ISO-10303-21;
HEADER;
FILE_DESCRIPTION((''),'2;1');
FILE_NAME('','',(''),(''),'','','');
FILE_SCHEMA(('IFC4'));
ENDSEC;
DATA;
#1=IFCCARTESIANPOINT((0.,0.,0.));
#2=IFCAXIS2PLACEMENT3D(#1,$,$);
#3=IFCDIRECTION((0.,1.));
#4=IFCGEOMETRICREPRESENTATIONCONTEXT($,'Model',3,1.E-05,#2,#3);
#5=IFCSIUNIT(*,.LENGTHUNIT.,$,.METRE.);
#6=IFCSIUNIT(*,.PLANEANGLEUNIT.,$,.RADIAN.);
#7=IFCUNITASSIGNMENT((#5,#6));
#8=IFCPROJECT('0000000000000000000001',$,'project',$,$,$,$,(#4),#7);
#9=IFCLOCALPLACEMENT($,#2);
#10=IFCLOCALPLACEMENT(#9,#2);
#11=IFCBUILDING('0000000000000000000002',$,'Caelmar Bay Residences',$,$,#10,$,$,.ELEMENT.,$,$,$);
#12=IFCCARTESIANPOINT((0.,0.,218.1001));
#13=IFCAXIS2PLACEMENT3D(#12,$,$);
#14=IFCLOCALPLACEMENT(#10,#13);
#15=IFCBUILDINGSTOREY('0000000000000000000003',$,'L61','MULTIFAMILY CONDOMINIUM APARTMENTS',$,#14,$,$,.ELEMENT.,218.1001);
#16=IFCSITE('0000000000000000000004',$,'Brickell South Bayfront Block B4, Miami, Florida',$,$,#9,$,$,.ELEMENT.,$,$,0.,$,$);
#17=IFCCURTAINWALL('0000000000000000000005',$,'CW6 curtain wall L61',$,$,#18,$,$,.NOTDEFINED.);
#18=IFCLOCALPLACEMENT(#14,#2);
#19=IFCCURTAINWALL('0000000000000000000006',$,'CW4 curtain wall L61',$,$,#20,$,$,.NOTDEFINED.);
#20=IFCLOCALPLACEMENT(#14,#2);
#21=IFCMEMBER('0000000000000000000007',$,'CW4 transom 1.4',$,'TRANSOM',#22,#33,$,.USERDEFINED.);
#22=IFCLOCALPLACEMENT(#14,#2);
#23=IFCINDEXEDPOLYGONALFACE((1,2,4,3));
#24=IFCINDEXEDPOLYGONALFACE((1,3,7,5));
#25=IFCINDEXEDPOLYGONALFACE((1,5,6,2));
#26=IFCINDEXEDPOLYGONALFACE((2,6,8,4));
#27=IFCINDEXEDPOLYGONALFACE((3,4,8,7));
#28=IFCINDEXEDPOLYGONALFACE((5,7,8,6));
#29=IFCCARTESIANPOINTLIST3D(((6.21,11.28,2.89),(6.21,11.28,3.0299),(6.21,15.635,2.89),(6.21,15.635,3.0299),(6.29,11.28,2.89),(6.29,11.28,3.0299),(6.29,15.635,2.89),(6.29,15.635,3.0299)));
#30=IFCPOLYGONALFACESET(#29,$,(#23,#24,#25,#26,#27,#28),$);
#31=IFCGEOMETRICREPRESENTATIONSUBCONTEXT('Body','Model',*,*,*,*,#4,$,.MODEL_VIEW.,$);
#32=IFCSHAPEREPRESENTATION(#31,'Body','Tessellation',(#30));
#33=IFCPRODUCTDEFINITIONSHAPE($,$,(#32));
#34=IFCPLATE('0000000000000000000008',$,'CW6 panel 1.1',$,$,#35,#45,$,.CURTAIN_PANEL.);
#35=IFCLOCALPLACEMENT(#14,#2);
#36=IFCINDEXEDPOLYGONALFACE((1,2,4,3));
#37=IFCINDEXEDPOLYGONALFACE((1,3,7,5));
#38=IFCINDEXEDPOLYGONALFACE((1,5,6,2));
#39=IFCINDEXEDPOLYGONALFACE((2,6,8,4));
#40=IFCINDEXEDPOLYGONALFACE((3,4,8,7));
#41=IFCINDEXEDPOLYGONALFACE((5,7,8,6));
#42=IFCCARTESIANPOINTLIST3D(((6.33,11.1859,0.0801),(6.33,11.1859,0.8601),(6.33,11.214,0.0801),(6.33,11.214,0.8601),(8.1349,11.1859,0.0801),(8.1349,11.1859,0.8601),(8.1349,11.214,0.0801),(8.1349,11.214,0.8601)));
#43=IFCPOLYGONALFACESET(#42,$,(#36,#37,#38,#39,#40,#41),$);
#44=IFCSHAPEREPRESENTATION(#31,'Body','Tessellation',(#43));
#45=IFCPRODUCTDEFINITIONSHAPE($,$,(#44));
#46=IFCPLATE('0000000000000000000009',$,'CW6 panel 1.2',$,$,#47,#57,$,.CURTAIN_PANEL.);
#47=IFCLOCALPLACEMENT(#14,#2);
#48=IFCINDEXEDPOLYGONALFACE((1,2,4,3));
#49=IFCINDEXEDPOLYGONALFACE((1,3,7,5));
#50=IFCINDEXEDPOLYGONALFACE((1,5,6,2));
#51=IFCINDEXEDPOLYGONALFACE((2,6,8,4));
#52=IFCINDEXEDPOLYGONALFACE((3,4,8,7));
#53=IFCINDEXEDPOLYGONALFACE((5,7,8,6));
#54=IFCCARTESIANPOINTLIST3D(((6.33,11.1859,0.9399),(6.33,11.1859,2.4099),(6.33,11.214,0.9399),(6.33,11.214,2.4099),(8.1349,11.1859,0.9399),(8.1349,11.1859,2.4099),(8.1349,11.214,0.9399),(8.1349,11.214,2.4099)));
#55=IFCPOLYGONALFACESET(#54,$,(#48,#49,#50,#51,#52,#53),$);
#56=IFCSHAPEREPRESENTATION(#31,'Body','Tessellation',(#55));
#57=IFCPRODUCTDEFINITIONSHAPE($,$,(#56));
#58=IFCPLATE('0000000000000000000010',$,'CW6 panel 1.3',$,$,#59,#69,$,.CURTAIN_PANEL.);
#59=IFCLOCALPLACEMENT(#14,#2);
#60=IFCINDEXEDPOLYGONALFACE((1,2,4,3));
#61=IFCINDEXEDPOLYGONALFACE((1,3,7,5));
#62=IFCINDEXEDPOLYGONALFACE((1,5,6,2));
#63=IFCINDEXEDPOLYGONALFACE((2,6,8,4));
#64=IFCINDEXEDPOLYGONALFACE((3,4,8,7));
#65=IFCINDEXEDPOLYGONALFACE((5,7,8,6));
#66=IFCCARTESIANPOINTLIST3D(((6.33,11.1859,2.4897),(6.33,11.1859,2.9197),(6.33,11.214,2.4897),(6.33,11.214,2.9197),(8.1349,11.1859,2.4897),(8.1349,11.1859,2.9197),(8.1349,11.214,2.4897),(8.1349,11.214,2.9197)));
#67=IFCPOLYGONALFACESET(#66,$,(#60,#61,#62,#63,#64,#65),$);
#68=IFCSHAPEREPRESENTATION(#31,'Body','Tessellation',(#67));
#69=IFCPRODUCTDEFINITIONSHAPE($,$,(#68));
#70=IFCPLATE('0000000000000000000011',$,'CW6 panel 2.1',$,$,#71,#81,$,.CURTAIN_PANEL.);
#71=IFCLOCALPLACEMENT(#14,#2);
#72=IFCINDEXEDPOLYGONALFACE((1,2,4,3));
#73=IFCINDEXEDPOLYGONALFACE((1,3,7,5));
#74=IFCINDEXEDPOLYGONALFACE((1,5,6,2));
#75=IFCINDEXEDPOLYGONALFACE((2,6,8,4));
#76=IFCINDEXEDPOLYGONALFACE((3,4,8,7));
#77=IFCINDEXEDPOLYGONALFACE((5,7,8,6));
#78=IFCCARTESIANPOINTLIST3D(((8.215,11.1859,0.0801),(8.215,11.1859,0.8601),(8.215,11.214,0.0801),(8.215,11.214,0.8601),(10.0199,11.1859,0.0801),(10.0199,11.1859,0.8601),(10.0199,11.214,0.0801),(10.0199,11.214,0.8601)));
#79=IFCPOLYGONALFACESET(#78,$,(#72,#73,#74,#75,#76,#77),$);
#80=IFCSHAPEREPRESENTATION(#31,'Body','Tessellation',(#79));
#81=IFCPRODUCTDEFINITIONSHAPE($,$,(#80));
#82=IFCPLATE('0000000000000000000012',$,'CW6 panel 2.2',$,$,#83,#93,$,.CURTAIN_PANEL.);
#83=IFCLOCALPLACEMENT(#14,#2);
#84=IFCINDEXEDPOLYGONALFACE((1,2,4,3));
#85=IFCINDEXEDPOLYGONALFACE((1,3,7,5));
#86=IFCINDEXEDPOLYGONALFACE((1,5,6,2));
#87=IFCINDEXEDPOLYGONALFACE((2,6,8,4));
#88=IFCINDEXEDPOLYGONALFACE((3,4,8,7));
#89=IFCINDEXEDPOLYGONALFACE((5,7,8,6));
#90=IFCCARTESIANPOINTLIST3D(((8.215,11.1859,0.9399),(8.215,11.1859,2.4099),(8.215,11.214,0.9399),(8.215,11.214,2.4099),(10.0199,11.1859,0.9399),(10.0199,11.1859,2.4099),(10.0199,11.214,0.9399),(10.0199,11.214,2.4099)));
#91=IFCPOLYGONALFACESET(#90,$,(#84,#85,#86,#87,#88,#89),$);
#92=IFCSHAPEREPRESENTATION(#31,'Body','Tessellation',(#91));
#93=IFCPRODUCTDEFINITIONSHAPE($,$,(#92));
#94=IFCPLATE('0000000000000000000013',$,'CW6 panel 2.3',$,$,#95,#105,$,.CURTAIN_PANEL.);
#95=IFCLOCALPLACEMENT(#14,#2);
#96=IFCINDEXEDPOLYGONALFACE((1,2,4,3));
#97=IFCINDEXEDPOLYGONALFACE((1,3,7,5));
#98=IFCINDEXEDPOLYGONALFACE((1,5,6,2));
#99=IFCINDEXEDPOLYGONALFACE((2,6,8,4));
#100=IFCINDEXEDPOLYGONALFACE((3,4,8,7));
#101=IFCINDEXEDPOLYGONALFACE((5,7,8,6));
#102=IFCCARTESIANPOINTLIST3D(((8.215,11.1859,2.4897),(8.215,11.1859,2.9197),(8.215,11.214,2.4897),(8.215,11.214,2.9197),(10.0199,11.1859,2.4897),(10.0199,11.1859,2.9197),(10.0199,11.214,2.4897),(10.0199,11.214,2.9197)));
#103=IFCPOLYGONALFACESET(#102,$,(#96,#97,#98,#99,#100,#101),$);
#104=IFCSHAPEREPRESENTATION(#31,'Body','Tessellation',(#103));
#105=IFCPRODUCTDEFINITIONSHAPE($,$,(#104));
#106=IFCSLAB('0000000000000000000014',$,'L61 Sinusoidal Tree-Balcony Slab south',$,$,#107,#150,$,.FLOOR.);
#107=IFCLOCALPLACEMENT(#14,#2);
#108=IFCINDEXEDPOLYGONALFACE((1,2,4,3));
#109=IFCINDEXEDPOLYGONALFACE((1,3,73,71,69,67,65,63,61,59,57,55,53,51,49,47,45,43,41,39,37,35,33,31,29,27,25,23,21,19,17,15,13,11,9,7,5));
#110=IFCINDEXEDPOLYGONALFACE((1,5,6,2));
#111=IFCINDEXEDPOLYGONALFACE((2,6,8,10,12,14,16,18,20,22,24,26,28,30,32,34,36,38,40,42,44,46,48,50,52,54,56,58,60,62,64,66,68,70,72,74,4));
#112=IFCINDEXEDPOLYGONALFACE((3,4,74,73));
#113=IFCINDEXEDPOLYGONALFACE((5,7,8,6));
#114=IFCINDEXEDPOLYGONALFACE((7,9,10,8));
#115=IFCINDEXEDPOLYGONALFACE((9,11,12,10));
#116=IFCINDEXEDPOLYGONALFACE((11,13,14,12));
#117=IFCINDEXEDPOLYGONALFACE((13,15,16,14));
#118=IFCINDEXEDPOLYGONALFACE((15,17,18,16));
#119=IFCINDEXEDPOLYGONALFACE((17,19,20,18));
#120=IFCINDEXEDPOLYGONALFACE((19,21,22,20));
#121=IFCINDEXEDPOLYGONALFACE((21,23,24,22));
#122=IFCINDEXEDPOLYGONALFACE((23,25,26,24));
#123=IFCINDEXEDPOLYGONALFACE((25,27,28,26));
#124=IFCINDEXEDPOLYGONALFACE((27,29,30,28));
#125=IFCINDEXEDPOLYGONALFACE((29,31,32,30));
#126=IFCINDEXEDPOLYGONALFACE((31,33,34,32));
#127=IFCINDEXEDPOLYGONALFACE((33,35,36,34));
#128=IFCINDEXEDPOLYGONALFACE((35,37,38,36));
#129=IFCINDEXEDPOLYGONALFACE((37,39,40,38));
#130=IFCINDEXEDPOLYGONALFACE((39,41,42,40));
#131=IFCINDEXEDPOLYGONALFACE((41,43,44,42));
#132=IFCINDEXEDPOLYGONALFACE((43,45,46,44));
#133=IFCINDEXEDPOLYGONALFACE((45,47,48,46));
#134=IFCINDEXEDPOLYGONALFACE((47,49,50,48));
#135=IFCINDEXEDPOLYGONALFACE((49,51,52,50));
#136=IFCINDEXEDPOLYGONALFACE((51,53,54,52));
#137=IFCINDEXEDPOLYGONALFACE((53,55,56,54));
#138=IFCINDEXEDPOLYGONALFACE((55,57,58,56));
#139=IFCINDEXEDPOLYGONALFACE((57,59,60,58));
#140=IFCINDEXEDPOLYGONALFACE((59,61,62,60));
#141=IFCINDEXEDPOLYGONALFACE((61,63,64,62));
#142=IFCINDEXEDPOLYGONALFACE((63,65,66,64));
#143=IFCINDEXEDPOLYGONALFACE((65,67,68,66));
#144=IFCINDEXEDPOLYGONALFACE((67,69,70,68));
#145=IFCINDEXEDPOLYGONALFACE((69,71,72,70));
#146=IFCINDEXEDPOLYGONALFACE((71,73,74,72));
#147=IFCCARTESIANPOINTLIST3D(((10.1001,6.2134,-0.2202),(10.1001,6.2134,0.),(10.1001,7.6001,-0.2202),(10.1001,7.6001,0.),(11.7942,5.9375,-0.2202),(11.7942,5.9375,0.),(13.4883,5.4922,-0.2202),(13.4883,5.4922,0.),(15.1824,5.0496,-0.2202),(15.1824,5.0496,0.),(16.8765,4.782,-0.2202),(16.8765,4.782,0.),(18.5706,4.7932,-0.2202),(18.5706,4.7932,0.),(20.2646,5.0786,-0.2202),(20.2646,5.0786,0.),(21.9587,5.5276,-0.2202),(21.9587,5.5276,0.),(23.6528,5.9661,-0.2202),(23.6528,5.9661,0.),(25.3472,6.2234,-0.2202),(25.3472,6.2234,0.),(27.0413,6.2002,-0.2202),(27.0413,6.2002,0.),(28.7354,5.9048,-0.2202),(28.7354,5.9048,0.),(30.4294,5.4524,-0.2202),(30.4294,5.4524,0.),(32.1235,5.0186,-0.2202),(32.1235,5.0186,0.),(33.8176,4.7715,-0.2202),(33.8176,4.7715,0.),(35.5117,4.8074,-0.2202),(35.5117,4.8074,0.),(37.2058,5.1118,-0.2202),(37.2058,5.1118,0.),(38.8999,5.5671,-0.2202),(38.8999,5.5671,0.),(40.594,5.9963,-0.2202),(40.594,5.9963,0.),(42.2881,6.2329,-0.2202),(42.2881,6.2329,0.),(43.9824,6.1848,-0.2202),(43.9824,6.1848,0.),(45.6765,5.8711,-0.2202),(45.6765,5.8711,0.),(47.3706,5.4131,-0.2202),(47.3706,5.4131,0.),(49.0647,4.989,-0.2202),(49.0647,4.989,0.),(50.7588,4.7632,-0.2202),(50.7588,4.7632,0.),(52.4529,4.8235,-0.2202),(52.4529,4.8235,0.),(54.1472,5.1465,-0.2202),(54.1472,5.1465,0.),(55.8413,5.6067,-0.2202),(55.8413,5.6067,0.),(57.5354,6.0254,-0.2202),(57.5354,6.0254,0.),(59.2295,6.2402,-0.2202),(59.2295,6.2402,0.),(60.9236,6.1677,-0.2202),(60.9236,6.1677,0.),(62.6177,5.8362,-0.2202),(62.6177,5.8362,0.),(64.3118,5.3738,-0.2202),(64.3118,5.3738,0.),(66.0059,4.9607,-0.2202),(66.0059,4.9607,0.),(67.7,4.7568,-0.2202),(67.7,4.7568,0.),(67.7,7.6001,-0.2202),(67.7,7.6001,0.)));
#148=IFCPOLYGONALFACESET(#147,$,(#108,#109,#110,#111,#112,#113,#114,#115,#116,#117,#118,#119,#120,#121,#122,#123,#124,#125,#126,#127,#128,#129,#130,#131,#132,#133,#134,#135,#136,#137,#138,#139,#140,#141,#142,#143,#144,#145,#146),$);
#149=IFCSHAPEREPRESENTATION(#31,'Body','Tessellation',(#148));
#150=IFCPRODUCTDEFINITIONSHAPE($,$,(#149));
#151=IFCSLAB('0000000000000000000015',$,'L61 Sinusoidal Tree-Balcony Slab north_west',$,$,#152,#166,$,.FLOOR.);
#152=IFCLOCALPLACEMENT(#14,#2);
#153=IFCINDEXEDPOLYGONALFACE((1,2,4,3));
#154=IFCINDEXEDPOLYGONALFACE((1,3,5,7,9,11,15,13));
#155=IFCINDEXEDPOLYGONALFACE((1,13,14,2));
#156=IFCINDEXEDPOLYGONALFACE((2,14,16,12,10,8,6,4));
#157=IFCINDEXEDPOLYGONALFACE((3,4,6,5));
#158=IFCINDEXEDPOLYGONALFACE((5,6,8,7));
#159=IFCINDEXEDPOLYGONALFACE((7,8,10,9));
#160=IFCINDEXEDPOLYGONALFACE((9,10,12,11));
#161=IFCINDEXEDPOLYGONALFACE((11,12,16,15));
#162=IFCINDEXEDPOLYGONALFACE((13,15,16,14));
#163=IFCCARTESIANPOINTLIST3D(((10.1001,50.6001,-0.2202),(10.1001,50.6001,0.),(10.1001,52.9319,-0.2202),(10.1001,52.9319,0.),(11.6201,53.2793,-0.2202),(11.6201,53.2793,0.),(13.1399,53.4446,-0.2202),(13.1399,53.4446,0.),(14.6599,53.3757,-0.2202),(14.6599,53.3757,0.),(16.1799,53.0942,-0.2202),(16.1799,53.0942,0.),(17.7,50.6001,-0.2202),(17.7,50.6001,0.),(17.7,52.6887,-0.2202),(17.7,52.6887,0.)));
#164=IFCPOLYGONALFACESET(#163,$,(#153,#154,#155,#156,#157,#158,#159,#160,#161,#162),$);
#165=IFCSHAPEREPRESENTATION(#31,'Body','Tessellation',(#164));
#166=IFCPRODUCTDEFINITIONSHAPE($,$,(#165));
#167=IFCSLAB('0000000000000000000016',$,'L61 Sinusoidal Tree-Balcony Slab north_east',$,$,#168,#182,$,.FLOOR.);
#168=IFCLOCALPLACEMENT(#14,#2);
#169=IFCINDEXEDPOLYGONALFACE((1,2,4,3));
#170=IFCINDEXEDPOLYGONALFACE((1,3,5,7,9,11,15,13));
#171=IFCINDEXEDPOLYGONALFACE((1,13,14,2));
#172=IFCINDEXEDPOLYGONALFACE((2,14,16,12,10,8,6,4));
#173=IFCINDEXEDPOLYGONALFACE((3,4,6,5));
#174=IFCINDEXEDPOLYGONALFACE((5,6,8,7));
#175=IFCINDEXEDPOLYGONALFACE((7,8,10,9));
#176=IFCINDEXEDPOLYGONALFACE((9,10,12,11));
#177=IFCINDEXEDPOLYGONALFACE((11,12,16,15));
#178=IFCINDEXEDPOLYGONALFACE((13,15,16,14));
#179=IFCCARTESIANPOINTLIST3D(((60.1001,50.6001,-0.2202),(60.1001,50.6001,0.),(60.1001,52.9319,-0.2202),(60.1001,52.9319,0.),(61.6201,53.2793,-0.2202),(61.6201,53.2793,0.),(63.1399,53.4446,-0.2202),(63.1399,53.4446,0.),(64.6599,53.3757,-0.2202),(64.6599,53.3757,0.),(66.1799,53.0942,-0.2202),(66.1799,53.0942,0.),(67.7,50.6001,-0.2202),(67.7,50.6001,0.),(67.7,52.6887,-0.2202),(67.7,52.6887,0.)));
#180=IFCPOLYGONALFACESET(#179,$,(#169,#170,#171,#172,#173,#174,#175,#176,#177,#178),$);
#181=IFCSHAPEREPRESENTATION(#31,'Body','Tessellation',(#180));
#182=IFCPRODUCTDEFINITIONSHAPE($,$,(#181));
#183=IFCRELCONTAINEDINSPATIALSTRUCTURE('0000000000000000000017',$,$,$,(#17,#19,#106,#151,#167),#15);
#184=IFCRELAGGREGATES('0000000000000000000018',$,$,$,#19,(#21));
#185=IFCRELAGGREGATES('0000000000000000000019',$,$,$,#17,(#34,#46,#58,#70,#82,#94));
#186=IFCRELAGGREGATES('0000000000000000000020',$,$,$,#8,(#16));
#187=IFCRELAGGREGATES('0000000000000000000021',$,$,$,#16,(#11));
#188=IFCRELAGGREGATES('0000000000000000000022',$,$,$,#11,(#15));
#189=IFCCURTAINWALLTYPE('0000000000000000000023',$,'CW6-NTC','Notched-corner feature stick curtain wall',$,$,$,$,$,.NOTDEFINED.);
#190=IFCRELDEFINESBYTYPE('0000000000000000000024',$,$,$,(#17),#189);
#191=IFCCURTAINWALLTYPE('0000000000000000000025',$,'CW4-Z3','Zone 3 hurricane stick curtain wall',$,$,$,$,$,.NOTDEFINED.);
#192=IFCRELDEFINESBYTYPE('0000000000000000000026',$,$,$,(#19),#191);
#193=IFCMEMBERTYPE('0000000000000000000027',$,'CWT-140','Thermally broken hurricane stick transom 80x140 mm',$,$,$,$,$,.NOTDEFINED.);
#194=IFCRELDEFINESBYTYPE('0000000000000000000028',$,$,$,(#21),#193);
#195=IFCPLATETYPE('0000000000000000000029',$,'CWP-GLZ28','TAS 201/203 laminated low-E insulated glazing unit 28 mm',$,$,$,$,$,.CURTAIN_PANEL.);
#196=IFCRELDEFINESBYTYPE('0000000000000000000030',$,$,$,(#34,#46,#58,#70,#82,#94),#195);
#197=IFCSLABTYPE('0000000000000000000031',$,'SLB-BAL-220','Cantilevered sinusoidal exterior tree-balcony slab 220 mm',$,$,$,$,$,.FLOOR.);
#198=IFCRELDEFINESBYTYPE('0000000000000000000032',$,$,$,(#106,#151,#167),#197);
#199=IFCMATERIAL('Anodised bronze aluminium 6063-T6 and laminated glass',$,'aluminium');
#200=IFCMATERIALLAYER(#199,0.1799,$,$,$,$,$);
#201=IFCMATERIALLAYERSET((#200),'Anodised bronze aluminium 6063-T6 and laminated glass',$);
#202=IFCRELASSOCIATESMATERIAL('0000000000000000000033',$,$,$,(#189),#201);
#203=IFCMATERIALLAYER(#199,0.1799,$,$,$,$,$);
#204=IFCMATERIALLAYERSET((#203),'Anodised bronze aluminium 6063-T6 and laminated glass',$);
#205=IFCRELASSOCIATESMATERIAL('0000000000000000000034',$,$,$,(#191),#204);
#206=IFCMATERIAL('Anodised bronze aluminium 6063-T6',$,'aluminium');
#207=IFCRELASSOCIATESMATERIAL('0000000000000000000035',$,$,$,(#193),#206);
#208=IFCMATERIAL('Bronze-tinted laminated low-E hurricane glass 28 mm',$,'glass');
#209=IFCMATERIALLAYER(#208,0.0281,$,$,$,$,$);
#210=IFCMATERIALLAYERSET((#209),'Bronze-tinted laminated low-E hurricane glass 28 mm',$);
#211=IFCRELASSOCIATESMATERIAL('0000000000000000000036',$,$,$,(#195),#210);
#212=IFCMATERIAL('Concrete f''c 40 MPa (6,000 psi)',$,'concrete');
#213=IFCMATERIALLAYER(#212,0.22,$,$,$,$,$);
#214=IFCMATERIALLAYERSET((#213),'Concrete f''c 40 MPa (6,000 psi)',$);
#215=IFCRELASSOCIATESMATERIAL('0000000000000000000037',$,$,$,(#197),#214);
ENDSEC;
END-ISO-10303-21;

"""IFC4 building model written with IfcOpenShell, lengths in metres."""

from ifc_helpers import new_model, si_unit, direction, frame, origin, origin_2d, place, context, subcontext, project, spatial, polyline, rectangle, outline, extrude, material, layer, layer_set, material_profile, profile_set, type_object, element, aggregate, save


model = new_model("IFC4")

# Units and contexts
model_context = context("Model", 3, precision=1e-05, world=origin(), true_north=direction((0.0, 1.0)))
body_context = subcontext(model_context, "Body", "Model", "MODEL_VIEW")
ifc_project = project(units=[si_unit("LENGTHUNIT", "METRE"), si_unit("PLANEANGLEUNIT", "RADIAN")], contexts=[model_context])

# Site, building, storey
site_placement = place(None, origin())
site = spatial("IfcSite", under=ifc_project, at=site_placement, Name="Brickell South Bayfront Block B4, Miami, Florida", CompositionType="ELEMENT", RefElevation=0.0)
building_placement = place(site_placement, origin())
building = spatial("IfcBuilding", under=site, at=building_placement, Name="Caelmar Bay Residences", CompositionType="ELEMENT")
storey_placement = place(building_placement, frame((0.0, 0.0, 218.1001)))
storey = spatial("IfcBuildingStorey", under=building, at=storey_placement, Name="L61", Description="MULTIFAMILY CONDOMINIUM APARTMENTS", CompositionType="ELEMENT", Elevation=218.1001)

# Curtain wall
ifc_material_1 = material(Name="Anodised bronze aluminium 6063-T6 and laminated glass", Category="aluminium")
ifc_layer_1 = layer(ifc_material_1, 0.1799)
ifc_layer_set_1 = layer_set([ifc_layer_1], Name="Anodised bronze aluminium 6063-T6 and laminated glass")
curtain_wall_type_1 = type_object("IfcCurtainWallType", Name="CW6-NTC", Description="Notched-corner feature stick curtain wall", PredefinedType="NOTDEFINED", material=ifc_layer_set_1)
curtain_wall_1_placement = place(storey_placement, origin())
curtain_wall_1 = element("IfcCurtainWall", 1, at=curtain_wall_1_placement, inside=storey, type_object=curtain_wall_type_1, Name="CW6 curtain wall L61", PredefinedType="NOTDEFINED")
ifc_material_2 = material(Name="Anodised bronze aluminium 6063-T6", Category="aluminium")

# Curtain wall
ifc_layer_2 = layer(ifc_material_1, 0.1799)
ifc_layer_set_2 = layer_set([ifc_layer_2], Name="Anodised bronze aluminium 6063-T6 and laminated glass")
curtain_wall_type_2 = type_object("IfcCurtainWallType", Name="CW4-Z3", Description="Zone 3 hurricane stick curtain wall", PredefinedType="NOTDEFINED", material=ifc_layer_set_2)
curtain_wall_2_placement = place(storey_placement, origin())
curtain_wall_2 = element("IfcCurtainWall", 2, at=curtain_wall_2_placement, inside=storey, type_object=curtain_wall_type_2, Name="CW4 curtain wall L61", PredefinedType="NOTDEFINED")

# Member
ifc_material_profile_1 = material_profile(ifc_material_2, rectangle(XDim=0.0801, YDim=0.1399, at=origin_2d()), Name="CWT-80X140")
ifc_profile_set_1 = profile_set([ifc_material_profile_1], Name="Anodised bronze aluminium 6063-T6")
member_type_1 = type_object("IfcMemberType", Name="CWT-140", Description="Thermally broken hurricane stick transom 80x140 mm", PredefinedType="NOTDEFINED", material=ifc_profile_set_1)
member_1_placement = place(storey_placement, frame((6.25, 11.28, 2.96), z_axis=(0.0, 1.0, 0.0), x_axis=(-1.0, 0.0, 0.0)))
member_1 = element("IfcMember", 3, at=member_1_placement, type_object=member_type_1, Name="CW4 transom 1.4", ObjectType="TRANSOM", PredefinedType="USERDEFINED", context=body_context, shape_type="SweptSolid", body=[
    extrude(rectangle(XDim=0.0801, YDim=0.1399, at=origin_2d()), origin(), (0.0, 0.0, 1.0), 4.355),
])
aggregate(curtain_wall_2, [member_1])

# Plates
ifc_material_3 = material(Name="Bronze-tinted laminated low-E hurricane glass 28 mm", Category="glass")
ifc_layer_3 = layer(ifc_material_3, 0.0281)
ifc_layer_set_3 = layer_set([ifc_layer_3], Name="Bronze-tinted laminated low-E hurricane glass 28 mm")
plate_type = type_object("IfcPlateType", Name="CWP-GLZ28", Description="TAS 201/203 laminated low-E insulated glazing unit 28 mm", PredefinedType="CURTAIN_PANEL", material=ifc_layer_set_3)
plate_1_placement = place(storey_placement, frame((7.2324, 11.2, 0.0801), z_axis=(0.0, 0.0, 1.0), x_axis=(1.0, 0.0, 0.0)))
plate_1 = element("IfcPlate", 4, at=plate_1_placement, type_object=plate_type, Name="CW6 panel 1.1", PredefinedType="CURTAIN_PANEL", context=body_context, shape_type="SweptSolid", body=[
    extrude(rectangle(XDim=1.8049, YDim=0.0281, at=origin_2d()), origin(), (0.0, 0.0, 1.0), 0.78),
])
plate_2_placement = place(storey_placement, frame((7.2324, 11.2, 0.9399), z_axis=(0.0, 0.0, 1.0), x_axis=(1.0, 0.0, 0.0)))
plate_2 = element("IfcPlate", 5, at=plate_2_placement, type_object=plate_type, Name="CW6 panel 1.2", PredefinedType="CURTAIN_PANEL", context=body_context, shape_type="SweptSolid", body=[
    extrude(rectangle(XDim=1.8049, YDim=0.0281, at=origin_2d()), origin(), (0.0, 0.0, 1.0), 1.47),
])
plate_3_placement = place(storey_placement, frame((7.2324, 11.2, 2.4897), z_axis=(0.0, 0.0, 1.0), x_axis=(1.0, 0.0, 0.0)))
plate_3 = element("IfcPlate", 6, at=plate_3_placement, type_object=plate_type, Name="CW6 panel 1.3", PredefinedType="CURTAIN_PANEL", context=body_context, shape_type="SweptSolid", body=[
    extrude(rectangle(XDim=1.8049, YDim=0.0281, at=origin_2d()), origin(), (0.0, 0.0, 1.0), 0.4299),
])
plate_4_placement = place(storey_placement, frame((9.1174, 11.2, 0.0801), z_axis=(0.0, 0.0, 1.0), x_axis=(1.0, 0.0, 0.0)))
plate_4 = element("IfcPlate", 7, at=plate_4_placement, type_object=plate_type, Name="CW6 panel 2.1", PredefinedType="CURTAIN_PANEL", context=body_context, shape_type="SweptSolid", body=[
    extrude(rectangle(XDim=1.8049, YDim=0.0281, at=origin_2d()), origin(), (0.0, 0.0, 1.0), 0.78),
])
plate_5_placement = place(storey_placement, frame((9.1174, 11.2, 0.9399), z_axis=(0.0, 0.0, 1.0), x_axis=(1.0, 0.0, 0.0)))
plate_5 = element("IfcPlate", 8, at=plate_5_placement, type_object=plate_type, Name="CW6 panel 2.2", PredefinedType="CURTAIN_PANEL", context=body_context, shape_type="SweptSolid", body=[
    extrude(rectangle(XDim=1.8049, YDim=0.0281, at=origin_2d()), origin(), (0.0, 0.0, 1.0), 1.47),
])
plate_6_placement = place(storey_placement, frame((9.1174, 11.2, 2.4897), z_axis=(0.0, 0.0, 1.0), x_axis=(1.0, 0.0, 0.0)))
plate_6 = element("IfcPlate", 9, at=plate_6_placement, type_object=plate_type, Name="CW6 panel 2.3", PredefinedType="CURTAIN_PANEL", context=body_context, shape_type="SweptSolid", body=[
    extrude(rectangle(XDim=1.8049, YDim=0.0281, at=origin_2d()), origin(), (0.0, 0.0, 1.0), 0.4299),
])
aggregate(curtain_wall_1, [plate_1, plate_2, plate_3, plate_4, plate_5, plate_6])

# Slabs
ifc_material_4 = material(Name="Concrete f'c 40 MPa (6,000 psi)", Category="concrete")
ifc_layer_4 = layer(ifc_material_4, 0.22)
ifc_layer_set_4 = layer_set([ifc_layer_4], Name="Concrete f'c 40 MPa (6,000 psi)")
slab_type_1 = type_object("IfcSlabType", Name="SLB-BAL-220", Description="Cantilevered sinusoidal exterior tree-balcony slab 220 mm", PredefinedType="FLOOR", material=ifc_layer_set_4)
slab_1_placement = place(storey_placement, frame((0.0, 0.0, -0.2202)))
element("IfcSlab", 10, at=slab_1_placement, inside=storey, type_object=slab_type_1, Name="L61 Sinusoidal Tree-Balcony Slab south", PredefinedType="FLOOR", context=body_context, shape_type="SweptSolid", body=[
    extrude(outline(polyline([(10.1001, 6.2134), (11.7942, 5.9375), (13.4883, 5.4922), (15.1824, 5.0496), (16.8765, 4.782), (18.5706, 4.7932), (20.2646, 5.0786), (21.9587, 5.5276), (23.6528, 5.9661), (25.3472, 6.2234), (27.0413, 6.2002), (28.7354, 5.9048), (30.4294, 5.4524), (32.1235, 5.0186), (33.8176, 4.7715), (35.5117, 4.8074), (37.2058, 5.1118), (38.8999, 5.5671), (40.594, 5.9963), (42.2881, 6.2329), (43.9824, 6.1848), (45.6765, 5.8711), (47.3706, 5.4131), (49.0647, 4.989), (50.7588, 4.7632), (52.4529, 4.8235), (54.1472, 5.1465), (55.8413, 5.6067), (57.5354, 6.0254), (59.2295, 6.2402), (60.9236, 6.1677), (62.6177, 5.8362), (64.3118, 5.3738), (66.0059, 4.9607), (67.7, 4.7568), (67.7, 7.6001), (10.1001, 7.6001), (10.1001, 6.2134)])), origin(), (0.0, 0.0, 1.0), 0.2202),
])
slab_2_placement = place(storey_placement, frame((0.0, 0.0, -0.2202)))
element("IfcSlab", 11, at=slab_2_placement, inside=storey, type_object=slab_type_1, Name="L61 Sinusoidal Tree-Balcony Slab north_west", PredefinedType="FLOOR", context=body_context, shape_type="SweptSolid", body=[
    extrude(outline(polyline([(10.1001, 50.6001), (17.7, 50.6001), (17.7, 52.6887), (16.1799, 53.0942), (14.6599, 53.3757), (13.1399, 53.4446), (11.6201, 53.2793), (10.1001, 52.9319), (10.1001, 50.6001)])), origin(), (0.0, 0.0, 1.0), 0.2202),
])
slab_3_placement = place(storey_placement, frame((0.0, 0.0, -0.2202)))
element("IfcSlab", 12, at=slab_3_placement, inside=storey, type_object=slab_type_1, Name="L61 Sinusoidal Tree-Balcony Slab north_east", PredefinedType="FLOOR", context=body_context, shape_type="SweptSolid", body=[
    extrude(outline(polyline([(60.1001, 50.6001), (67.7, 50.6001), (67.7, 52.6887), (66.1799, 53.0942), (64.6599, 53.3757), (63.1399, 53.4446), (61.6201, 53.2793), (60.1001, 52.9319), (60.1001, 50.6001)])), origin(), (0.0, 0.0, 1.0), 0.2202),
])

save(model, "model.ifc")
